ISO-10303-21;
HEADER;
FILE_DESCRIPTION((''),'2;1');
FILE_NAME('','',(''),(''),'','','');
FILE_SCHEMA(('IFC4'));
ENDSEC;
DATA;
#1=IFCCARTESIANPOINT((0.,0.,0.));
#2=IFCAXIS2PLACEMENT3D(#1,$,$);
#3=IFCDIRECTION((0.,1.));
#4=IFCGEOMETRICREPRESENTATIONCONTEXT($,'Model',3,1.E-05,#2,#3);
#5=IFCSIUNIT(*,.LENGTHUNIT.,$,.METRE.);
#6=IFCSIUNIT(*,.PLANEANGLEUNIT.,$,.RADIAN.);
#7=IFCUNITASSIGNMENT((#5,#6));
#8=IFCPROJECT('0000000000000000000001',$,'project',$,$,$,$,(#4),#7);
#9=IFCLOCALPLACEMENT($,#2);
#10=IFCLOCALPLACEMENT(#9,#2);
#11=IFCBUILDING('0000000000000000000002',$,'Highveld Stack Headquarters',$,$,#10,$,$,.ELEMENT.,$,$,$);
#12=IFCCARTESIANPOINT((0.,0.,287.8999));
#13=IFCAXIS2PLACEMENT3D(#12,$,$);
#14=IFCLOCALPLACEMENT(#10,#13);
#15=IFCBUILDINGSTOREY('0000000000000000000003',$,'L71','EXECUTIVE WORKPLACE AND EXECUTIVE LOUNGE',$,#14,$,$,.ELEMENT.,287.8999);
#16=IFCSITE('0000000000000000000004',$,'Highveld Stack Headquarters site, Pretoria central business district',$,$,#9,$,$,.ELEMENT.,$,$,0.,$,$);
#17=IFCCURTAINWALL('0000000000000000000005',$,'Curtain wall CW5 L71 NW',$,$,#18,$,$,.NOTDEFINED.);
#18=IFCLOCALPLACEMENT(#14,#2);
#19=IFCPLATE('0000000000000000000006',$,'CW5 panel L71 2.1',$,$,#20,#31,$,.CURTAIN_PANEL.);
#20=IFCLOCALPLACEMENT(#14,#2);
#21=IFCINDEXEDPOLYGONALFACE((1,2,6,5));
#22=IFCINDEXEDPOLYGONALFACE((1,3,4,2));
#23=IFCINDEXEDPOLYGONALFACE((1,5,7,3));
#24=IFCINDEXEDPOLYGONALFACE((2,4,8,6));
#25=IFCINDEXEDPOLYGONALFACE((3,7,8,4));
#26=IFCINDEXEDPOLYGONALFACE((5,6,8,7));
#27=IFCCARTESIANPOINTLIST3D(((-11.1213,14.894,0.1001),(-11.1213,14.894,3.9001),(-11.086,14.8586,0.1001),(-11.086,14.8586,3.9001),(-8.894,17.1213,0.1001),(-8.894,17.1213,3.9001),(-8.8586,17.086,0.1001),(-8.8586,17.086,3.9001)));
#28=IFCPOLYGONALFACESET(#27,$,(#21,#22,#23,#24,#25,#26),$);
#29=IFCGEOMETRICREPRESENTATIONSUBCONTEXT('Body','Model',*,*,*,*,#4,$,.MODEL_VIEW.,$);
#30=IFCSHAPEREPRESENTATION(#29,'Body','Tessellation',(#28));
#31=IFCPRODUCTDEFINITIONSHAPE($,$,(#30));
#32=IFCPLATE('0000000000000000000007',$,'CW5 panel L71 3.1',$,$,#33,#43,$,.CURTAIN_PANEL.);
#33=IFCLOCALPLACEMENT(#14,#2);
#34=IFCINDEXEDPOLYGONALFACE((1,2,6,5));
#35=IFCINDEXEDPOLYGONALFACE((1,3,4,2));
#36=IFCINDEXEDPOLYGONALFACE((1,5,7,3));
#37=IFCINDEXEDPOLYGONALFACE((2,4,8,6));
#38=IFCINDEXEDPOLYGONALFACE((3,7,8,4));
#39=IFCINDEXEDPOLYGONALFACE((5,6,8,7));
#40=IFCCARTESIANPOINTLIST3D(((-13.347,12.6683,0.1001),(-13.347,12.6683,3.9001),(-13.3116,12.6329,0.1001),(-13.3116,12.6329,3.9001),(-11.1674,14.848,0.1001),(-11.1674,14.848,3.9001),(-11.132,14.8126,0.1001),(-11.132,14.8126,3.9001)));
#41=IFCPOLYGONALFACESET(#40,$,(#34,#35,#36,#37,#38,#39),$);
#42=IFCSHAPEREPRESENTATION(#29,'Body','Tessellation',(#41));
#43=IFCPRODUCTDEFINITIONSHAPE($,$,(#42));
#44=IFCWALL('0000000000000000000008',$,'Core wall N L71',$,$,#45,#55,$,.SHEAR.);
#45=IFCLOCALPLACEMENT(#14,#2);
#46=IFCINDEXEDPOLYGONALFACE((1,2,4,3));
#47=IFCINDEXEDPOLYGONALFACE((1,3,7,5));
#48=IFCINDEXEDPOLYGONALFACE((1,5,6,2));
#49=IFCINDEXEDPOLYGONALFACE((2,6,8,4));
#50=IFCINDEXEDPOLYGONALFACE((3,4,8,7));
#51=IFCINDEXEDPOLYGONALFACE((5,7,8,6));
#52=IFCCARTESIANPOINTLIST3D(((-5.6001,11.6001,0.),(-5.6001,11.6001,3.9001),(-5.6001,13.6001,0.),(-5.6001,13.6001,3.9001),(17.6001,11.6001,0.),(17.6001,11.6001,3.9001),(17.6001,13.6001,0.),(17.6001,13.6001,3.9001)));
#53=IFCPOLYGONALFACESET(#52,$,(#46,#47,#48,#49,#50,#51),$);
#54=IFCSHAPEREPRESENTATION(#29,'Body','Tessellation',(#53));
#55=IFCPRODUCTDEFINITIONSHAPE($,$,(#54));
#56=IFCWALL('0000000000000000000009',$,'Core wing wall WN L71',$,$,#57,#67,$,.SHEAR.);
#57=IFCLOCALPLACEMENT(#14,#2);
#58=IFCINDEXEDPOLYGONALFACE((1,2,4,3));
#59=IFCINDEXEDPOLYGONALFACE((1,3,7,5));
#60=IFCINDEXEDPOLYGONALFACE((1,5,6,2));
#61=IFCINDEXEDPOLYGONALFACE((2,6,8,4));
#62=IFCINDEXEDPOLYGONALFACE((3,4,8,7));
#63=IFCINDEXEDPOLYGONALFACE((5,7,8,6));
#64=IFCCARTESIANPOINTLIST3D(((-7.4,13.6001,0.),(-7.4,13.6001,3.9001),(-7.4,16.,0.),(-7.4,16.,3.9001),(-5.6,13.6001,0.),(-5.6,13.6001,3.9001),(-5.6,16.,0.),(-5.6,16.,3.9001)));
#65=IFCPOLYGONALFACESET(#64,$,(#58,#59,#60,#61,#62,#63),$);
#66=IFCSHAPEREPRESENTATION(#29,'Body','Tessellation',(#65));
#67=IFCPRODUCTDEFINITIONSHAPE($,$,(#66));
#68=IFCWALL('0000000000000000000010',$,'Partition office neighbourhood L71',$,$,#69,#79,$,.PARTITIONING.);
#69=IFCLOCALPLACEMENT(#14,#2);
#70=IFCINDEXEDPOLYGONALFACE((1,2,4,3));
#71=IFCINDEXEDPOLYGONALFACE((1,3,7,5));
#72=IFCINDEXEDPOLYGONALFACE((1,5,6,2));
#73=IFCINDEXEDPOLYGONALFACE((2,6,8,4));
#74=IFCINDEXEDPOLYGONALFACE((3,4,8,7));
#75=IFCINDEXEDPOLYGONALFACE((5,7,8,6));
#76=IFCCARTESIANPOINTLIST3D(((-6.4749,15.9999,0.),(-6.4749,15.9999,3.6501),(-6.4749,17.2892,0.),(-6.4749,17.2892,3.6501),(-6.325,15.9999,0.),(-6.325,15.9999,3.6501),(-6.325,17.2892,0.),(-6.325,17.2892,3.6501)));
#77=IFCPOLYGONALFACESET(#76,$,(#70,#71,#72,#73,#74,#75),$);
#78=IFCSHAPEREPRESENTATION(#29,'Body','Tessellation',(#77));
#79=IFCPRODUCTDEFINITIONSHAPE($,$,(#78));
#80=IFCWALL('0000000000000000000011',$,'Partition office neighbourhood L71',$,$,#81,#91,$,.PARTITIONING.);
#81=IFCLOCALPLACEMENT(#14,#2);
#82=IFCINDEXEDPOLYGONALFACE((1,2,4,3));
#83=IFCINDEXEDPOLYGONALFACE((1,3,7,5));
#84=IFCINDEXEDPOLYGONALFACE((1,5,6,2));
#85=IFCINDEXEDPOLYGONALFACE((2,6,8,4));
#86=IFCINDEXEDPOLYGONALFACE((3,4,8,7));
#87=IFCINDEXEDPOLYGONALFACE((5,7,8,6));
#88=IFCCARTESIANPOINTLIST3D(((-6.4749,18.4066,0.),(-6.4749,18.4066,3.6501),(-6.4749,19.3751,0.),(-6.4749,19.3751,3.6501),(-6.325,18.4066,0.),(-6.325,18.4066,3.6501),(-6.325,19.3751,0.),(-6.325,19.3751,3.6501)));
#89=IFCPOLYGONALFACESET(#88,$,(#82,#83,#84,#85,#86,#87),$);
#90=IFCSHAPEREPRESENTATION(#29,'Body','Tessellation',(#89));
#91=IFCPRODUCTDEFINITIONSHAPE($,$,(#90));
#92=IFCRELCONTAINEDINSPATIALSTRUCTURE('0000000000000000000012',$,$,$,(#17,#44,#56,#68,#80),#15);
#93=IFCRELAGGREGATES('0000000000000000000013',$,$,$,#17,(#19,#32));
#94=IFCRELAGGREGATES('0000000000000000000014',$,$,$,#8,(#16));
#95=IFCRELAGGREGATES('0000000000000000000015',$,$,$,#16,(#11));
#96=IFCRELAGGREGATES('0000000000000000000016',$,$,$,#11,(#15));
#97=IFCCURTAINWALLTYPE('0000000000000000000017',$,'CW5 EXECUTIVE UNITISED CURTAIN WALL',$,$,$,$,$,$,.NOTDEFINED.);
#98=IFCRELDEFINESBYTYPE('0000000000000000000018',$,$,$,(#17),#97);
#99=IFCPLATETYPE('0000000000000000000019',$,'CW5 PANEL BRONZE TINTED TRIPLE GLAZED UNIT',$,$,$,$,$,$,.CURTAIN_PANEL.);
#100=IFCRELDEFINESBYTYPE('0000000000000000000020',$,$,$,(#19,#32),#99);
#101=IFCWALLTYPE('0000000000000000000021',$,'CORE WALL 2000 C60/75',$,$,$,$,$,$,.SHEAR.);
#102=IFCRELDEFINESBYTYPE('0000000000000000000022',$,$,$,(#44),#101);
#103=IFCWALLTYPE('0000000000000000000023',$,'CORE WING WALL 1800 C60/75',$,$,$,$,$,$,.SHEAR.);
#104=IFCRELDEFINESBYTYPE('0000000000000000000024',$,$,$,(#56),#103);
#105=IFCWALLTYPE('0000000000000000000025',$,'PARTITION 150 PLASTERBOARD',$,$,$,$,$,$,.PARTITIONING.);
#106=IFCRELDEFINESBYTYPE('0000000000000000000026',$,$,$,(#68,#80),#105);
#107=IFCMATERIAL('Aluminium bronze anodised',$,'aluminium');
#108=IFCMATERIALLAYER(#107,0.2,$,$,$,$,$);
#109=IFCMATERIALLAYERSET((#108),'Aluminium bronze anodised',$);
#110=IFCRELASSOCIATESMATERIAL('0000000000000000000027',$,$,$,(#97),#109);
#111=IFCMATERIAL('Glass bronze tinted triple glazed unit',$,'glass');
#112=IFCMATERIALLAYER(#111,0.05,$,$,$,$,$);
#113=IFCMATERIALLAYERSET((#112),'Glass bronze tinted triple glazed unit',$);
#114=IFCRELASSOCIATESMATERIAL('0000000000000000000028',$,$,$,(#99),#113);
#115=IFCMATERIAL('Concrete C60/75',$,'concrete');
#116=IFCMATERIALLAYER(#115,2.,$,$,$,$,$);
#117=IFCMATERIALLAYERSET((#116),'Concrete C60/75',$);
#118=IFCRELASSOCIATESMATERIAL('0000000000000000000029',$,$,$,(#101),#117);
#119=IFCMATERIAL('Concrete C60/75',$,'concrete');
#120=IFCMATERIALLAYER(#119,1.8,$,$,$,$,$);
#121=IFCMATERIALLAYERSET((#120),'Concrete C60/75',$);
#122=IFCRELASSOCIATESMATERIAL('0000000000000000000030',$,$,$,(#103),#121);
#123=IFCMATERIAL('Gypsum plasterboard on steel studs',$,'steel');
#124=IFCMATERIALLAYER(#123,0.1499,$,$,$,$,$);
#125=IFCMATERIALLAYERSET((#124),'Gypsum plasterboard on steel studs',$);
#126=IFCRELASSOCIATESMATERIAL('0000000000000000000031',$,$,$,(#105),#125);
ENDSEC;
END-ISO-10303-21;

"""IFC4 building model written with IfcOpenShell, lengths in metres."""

from ifc_helpers import new_model, si_unit, direction, frame, frame_2d, origin, origin_2d, place, context, subcontext, project, spatial, rectangle, extrude, material, layer, layer_set, type_object, element, aggregate, save


model = new_model("IFC4")

# Units and contexts
model_context = context("Model", 3, precision=1e-05, world=origin(), true_north=direction((0.0, 1.0)))
body_context = subcontext(model_context, "Body", "Model", "MODEL_VIEW")
ifc_project = project(units=[si_unit("LENGTHUNIT", "METRE"), si_unit("PLANEANGLEUNIT", "RADIAN")], contexts=[model_context])

# Site, building, storey
site_placement = place(None, origin())
site = spatial("IfcSite", under=ifc_project, at=site_placement, Name="Highveld Stack Headquarters site, Pretoria central business district", CompositionType="ELEMENT", RefElevation=0.0)
building_placement = place(site_placement, origin())
building = spatial("IfcBuilding", under=site, at=building_placement, Name="Highveld Stack Headquarters", CompositionType="ELEMENT")
storey_placement = place(building_placement, frame((0.0, 0.0, 287.8999)))
storey = spatial("IfcBuildingStorey", under=building, at=storey_placement, Name="L71", Description="EXECUTIVE WORKPLACE AND EXECUTIVE LOUNGE", CompositionType="ELEMENT", Elevation=287.8999)

# Shared definitions
ifc_material_1 = material(Name="Aluminium bronze anodised", Category="aluminium")
ifc_layer_1 = layer(ifc_material_1, 0.2)
ifc_layer_set_1 = layer_set([ifc_layer_1], Name="Aluminium bronze anodised")
curtain_wall_type = type_object("IfcCurtainWallType", Name="CW5 EXECUTIVE UNITISED CURTAIN WALL", PredefinedType="NOTDEFINED", material=ifc_layer_set_1)

# Curtain wall
curtain_wall_1_placement = place(storey_placement, origin())
curtain_wall_1 = element("IfcCurtainWall", 1, at=curtain_wall_1_placement, inside=storey, type_object=curtain_wall_type, Name="Curtain wall CW5 L71 NW", PredefinedType="NOTDEFINED")

# Plates
ifc_material_2 = material(Name="Glass bronze tinted triple glazed unit", Category="glass")
ifc_layer_2 = layer(ifc_material_2, 0.05)
ifc_layer_set_2 = layer_set([ifc_layer_2], Name="Glass bronze tinted triple glazed unit")
plate_type = type_object("IfcPlateType", Name="CW5 PANEL BRONZE TINTED TRIPLE GLAZED UNIT", PredefinedType="CURTAIN_PANEL", material=ifc_layer_set_2)
plate_1_placement = place(storey_placement, frame((-9.99, 15.99, 0.1001), z_axis=(0.0, 0.0, 1.0), x_axis=(-0.707107, -0.707107, 0.0)))
plate_1 = element("IfcPlate", 2, at=plate_1_placement, type_object=plate_type, Name="CW5 panel L71 2.1", PredefinedType="CURTAIN_PANEL", context=body_context, shape_type="SweptSolid", body=[
    extrude(rectangle(XDim=3.1499, YDim=0.05, at=origin_2d()), origin(), (0.0, 0.0, 1.0), 3.8),
])
plate_2_placement = place(storey_placement, frame((-12.2395, 13.7405, 0.1001), z_axis=(0.0, 0.0, 1.0), x_axis=(-0.707107, -0.707107, 0.0)))
plate_2 = element("IfcPlate", 3, at=plate_2_placement, type_object=plate_type, Name="CW5 panel L71 3.1", PredefinedType="CURTAIN_PANEL", context=body_context, shape_type="SweptSolid", body=[
    extrude(rectangle(XDim=3.0825, YDim=0.05, at=origin_2d()), origin(), (0.0, 0.0, 1.0), 3.8),
])
aggregate(curtain_wall_1, [plate_1, plate_2])

# Walls
ifc_material_3 = material(Name="Concrete C60/75", Category="concrete")
ifc_layer_3 = layer(ifc_material_3, 2.0)
ifc_layer_set_3 = layer_set([ifc_layer_3], Name="Concrete C60/75")
wall_type_1 = type_object("IfcWallType", Name="CORE WALL 2000 C60/75", PredefinedType="SHEAR", material=ifc_layer_set_3)
wall_1_placement = place(storey_placement, frame((-5.6001, 12.6001, 0.0), z_axis=(0.0, 0.0, 1.0), x_axis=(1.0, 0.0, 0.0)))
element("IfcWall", 4, at=wall_1_placement, inside=storey, type_object=wall_type_1, Name="Core wall N L71", PredefinedType="SHEAR", context=body_context, shape_type="SweptSolid", body=[
    extrude(rectangle(XDim=23.2002, YDim=2.0, at=frame_2d((11.6001, 0.0))), origin(), (0.0, 0.0, 1.0), 3.9001),
])
ifc_material_4 = material(Name="Concrete C60/75", Category="concrete")
ifc_layer_4 = layer(ifc_material_4, 1.8)
ifc_layer_set_4 = layer_set([ifc_layer_4], Name="Concrete C60/75")
wall_type_2 = type_object("IfcWallType", Name="CORE WING WALL 1800 C60/75", PredefinedType="SHEAR", material=ifc_layer_set_4)
wall_2_placement = place(storey_placement, frame((-6.5, 13.6001, 0.0), z_axis=(0.0, 0.0, 1.0), x_axis=(0.0, 1.0, 0.0)))
element("IfcWall", 5, at=wall_2_placement, inside=storey, type_object=wall_type_2, Name="Core wing wall WN L71", PredefinedType="SHEAR", context=body_context, shape_type="SweptSolid", body=[
    extrude(rectangle(XDim=2.3999, YDim=1.8, at=frame_2d((1.2, 0.0))), origin(), (0.0, 0.0, 1.0), 3.9001),
])
ifc_material_5 = material(Name="Gypsum plasterboard on steel studs", Category="steel")
ifc_layer_5 = layer(ifc_material_5, 0.1499)
ifc_layer_set_5 = layer_set([ifc_layer_5], Name="Gypsum plasterboard on steel studs")
wall_type_3 = type_object("IfcWallType", Name="PARTITION 150 PLASTERBOARD", PredefinedType="PARTITIONING", material=ifc_layer_set_5)
wall_3_placement = place(storey_placement, frame((-6.3999, 16.0, 0.0), z_axis=(0.0, 0.0, 1.0), x_axis=(0.0, 1.0, 0.0)))
element("IfcWall", 6, at=wall_3_placement, inside=storey, type_object=wall_type_3, Name="Partition office neighbourhood L71", PredefinedType="PARTITIONING", context=body_context, shape_type="SweptSolid", body=[
    extrude(rectangle(XDim=1.2893, YDim=0.1499, at=frame_2d((0.6445, 0.0))), origin(), (0.0, 0.0, 1.0), 3.6501),
])
wall_4_placement = place(storey_placement, frame((-6.3999, 18.4065, 0.0), z_axis=(0.0, 0.0, 1.0), x_axis=(0.0, 1.0, 0.0)))
element("IfcWall", 7, at=wall_4_placement, inside=storey, type_object=wall_type_3, Name="Partition office neighbourhood L71", PredefinedType="PARTITIONING", context=body_context, shape_type="SweptSolid", body=[
    extrude(rectangle(XDim=0.9685, YDim=0.1499, at=frame_2d((0.4844, 0.0))), origin(), (0.0, 0.0, 1.0), 3.6501),
])

save(model, "model.ifc")
